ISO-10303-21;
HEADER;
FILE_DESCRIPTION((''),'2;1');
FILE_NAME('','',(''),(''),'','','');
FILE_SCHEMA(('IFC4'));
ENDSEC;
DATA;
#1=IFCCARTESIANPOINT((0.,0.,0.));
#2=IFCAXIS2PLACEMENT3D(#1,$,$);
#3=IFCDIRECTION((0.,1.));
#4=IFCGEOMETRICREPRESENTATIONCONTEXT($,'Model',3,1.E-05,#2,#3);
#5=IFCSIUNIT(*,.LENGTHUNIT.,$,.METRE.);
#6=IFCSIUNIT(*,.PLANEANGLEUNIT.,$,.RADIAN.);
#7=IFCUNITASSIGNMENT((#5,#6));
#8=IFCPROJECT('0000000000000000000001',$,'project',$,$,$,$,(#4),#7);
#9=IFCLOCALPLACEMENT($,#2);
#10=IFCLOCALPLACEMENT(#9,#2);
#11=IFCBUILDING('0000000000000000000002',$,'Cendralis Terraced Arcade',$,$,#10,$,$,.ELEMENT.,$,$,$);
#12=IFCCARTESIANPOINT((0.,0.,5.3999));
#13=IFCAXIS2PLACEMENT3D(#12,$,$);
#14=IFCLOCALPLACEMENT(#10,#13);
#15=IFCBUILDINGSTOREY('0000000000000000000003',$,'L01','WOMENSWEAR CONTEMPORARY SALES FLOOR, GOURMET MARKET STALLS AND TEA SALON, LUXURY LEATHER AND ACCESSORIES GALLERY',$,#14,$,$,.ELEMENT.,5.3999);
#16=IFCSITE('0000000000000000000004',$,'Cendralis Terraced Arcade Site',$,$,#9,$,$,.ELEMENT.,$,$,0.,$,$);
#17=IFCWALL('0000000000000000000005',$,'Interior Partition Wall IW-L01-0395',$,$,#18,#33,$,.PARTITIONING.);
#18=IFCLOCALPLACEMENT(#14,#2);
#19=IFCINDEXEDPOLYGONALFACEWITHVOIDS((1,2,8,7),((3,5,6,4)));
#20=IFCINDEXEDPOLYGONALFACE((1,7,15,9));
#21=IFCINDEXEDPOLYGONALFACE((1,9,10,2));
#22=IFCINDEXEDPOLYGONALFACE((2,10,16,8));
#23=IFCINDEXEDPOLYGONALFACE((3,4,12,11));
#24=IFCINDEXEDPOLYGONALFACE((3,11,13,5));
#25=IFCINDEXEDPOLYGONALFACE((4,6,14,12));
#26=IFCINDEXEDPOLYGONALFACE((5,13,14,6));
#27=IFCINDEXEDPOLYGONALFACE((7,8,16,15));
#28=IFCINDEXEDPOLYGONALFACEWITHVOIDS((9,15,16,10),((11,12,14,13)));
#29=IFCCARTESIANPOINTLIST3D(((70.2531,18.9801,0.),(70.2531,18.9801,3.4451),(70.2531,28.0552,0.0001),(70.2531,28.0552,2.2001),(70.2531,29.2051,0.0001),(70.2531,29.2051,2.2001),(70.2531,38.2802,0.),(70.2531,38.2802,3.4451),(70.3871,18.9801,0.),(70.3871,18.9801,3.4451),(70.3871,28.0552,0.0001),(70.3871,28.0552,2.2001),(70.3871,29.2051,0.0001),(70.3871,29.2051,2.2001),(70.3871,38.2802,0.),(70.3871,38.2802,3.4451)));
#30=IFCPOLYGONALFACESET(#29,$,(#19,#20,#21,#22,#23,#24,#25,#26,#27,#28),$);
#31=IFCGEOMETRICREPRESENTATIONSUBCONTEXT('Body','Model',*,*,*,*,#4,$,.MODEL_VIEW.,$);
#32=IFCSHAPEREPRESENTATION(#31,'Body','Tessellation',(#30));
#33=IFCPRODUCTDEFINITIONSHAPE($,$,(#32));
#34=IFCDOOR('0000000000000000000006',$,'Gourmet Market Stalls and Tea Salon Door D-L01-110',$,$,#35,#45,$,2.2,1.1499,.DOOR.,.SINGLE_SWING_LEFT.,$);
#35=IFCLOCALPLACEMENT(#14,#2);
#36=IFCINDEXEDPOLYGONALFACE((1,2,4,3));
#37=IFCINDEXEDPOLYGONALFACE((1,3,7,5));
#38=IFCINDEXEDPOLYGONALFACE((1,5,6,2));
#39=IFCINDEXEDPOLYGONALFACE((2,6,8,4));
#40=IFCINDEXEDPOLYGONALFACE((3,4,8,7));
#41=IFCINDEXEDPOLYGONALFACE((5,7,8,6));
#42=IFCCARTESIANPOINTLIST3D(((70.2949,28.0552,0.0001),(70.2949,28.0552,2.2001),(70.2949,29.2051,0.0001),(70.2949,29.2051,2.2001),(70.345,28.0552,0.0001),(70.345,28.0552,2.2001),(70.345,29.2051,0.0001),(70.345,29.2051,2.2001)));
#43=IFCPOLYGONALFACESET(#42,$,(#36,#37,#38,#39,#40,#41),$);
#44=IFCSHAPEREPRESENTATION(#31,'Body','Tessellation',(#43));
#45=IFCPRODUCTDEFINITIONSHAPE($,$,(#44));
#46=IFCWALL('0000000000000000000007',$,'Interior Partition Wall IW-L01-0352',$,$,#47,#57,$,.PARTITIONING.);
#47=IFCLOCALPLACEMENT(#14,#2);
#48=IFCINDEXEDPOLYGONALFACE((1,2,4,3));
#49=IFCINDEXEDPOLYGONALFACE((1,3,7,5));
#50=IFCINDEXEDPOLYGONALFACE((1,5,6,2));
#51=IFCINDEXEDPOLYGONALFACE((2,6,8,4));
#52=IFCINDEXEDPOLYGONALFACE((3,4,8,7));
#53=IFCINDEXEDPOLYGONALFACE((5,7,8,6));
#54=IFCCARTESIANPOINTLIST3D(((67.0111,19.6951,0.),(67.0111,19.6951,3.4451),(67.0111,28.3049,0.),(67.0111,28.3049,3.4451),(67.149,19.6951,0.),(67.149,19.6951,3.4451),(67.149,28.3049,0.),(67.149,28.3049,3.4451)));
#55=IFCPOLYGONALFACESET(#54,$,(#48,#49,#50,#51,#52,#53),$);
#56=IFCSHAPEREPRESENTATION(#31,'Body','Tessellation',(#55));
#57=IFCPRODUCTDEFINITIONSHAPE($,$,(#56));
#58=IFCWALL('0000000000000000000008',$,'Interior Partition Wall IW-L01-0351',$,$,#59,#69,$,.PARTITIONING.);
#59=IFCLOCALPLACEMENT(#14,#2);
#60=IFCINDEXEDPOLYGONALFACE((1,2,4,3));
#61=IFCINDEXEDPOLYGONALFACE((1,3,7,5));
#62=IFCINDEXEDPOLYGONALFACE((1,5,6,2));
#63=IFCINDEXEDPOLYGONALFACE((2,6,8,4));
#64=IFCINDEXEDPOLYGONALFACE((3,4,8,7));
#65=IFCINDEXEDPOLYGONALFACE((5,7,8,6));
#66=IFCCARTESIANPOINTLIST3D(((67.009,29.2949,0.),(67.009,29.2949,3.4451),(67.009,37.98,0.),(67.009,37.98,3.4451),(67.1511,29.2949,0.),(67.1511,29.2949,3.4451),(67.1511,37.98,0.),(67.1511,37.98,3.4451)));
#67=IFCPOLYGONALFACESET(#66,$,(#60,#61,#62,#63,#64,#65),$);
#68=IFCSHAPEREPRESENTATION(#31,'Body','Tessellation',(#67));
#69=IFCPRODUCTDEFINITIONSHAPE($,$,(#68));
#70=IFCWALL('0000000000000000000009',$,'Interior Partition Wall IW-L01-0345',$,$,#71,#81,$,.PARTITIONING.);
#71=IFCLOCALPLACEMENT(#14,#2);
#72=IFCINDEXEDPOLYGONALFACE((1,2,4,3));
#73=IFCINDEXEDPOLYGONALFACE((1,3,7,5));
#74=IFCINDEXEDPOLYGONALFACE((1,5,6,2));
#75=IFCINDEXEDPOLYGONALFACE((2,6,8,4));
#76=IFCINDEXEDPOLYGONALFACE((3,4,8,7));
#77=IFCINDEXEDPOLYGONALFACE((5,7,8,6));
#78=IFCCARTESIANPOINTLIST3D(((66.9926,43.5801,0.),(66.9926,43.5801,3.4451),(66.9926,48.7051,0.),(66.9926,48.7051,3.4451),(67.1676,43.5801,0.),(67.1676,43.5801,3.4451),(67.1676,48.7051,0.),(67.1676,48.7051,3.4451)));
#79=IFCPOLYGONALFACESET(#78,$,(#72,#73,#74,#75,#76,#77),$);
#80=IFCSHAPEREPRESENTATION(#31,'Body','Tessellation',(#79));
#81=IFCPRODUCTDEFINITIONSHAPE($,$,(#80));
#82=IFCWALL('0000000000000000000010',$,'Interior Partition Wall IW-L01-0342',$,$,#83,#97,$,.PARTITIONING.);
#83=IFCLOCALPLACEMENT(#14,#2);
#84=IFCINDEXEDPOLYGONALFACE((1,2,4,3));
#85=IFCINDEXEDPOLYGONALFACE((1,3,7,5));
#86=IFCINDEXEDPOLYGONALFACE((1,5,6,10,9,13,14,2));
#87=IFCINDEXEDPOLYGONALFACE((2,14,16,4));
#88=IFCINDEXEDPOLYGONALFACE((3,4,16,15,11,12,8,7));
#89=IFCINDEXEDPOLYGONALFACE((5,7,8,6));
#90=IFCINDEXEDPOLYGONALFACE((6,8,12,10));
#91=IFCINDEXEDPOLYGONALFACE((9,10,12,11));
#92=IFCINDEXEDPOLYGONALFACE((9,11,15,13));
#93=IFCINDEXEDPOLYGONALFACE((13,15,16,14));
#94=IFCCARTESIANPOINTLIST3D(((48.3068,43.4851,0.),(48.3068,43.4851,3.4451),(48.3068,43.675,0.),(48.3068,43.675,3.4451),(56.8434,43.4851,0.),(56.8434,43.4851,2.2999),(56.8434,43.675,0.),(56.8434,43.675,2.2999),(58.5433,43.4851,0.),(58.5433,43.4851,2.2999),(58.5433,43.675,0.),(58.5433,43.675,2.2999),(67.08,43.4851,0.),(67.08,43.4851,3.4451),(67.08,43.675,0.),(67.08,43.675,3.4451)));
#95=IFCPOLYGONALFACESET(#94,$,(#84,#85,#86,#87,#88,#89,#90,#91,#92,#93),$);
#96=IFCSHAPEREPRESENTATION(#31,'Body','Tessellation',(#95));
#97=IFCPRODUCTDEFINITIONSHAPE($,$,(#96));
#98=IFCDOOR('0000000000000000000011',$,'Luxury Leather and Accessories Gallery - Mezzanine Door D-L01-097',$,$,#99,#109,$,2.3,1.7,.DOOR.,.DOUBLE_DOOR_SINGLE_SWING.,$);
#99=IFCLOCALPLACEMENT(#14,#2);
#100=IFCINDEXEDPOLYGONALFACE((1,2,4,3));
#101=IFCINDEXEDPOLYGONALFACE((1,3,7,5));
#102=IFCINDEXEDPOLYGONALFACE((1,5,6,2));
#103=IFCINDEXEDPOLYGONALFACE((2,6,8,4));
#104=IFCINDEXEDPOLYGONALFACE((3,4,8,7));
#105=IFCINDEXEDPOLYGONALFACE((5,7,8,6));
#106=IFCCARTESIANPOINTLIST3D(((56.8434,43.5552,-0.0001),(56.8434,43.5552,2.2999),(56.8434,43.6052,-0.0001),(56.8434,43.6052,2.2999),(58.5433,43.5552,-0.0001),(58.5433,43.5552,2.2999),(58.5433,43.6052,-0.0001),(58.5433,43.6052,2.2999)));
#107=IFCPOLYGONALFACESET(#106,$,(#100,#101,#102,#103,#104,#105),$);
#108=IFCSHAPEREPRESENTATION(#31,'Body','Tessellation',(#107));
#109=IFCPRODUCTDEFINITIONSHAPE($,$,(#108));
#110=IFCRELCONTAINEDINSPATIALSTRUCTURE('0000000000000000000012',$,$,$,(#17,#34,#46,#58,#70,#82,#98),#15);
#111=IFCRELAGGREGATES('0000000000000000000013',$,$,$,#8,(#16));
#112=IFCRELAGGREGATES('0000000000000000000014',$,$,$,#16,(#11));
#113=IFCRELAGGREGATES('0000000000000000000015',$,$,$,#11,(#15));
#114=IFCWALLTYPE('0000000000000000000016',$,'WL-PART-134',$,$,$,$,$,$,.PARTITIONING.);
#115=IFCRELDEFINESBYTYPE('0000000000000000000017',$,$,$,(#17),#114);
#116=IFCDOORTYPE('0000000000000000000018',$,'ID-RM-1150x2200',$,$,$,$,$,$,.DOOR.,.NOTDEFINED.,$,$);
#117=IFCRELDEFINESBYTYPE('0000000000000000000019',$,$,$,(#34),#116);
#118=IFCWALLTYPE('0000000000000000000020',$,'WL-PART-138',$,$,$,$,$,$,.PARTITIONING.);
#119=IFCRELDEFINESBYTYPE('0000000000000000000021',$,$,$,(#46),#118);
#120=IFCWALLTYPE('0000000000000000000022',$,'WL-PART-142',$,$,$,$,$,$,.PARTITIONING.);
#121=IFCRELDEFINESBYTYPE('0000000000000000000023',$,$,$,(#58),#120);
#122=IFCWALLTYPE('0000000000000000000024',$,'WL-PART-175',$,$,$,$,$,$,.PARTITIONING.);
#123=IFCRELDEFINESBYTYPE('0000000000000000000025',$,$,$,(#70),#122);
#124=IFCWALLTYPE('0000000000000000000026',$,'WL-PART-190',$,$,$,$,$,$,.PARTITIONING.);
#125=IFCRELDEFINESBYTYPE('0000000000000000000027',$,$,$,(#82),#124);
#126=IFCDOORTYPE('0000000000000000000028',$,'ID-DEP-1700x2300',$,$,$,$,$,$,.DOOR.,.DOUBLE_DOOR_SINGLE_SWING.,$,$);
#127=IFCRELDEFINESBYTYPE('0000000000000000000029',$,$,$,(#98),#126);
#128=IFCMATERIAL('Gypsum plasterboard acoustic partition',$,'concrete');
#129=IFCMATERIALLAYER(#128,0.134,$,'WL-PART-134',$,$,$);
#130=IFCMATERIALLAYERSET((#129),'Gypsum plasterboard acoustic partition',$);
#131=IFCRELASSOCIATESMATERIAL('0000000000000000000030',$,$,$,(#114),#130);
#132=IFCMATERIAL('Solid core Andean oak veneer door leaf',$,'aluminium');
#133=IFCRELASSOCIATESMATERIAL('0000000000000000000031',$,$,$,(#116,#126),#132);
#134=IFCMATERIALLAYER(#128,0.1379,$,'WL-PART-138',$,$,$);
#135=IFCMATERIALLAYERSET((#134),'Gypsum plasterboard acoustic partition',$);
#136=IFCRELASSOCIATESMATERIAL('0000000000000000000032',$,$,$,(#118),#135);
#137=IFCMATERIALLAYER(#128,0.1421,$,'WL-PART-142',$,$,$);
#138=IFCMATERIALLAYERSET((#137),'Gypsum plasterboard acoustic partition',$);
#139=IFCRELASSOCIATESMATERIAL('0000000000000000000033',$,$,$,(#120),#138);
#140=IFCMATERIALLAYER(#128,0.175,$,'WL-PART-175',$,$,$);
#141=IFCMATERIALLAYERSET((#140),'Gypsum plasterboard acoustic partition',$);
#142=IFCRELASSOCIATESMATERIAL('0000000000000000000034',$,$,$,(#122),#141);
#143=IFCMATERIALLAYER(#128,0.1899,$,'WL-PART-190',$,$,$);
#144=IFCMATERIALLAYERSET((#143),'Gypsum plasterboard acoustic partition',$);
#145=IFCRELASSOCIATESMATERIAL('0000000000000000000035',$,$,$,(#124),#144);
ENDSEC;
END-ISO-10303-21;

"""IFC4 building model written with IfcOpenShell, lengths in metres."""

from ifc_helpers import new_model, si_unit, direction, frame, frame_2d, origin, place, context, subcontext, project, spatial, rectangle, extrude, material, layer, layer_set, type_object, element, fill, save


model = new_model("IFC4")

# Units and contexts
model_context = context("Model", 3, precision=1e-05, world=origin(), true_north=direction((0.0, 1.0)))
body_context = subcontext(model_context, "Body", "Model", "MODEL_VIEW")
ifc_project = project(units=[si_unit("LENGTHUNIT", "METRE"), si_unit("PLANEANGLEUNIT", "RADIAN")], contexts=[model_context])

# Site, building, storey
site_placement = place(None, origin())
site = spatial("IfcSite", under=ifc_project, at=site_placement, Name="Cendralis Terraced Arcade Site", CompositionType="ELEMENT", RefElevation=0.0)
building_placement = place(site_placement, origin())
building = spatial("IfcBuilding", under=site, at=building_placement, Name="Cendralis Terraced Arcade", CompositionType="ELEMENT")
storey_placement = place(building_placement, frame((0.0, 0.0, 5.3999)))
storey = spatial("IfcBuildingStorey", under=building, at=storey_placement, Name="L01", Description="WOMENSWEAR CONTEMPORARY SALES FLOOR, GOURMET MARKET STALLS AND TEA SALON, LUXURY LEATHER AND ACCESSORIES GALLERY", CompositionType="ELEMENT", Elevation=5.3999)

# Shared definitions
ifc_material_1 = material(Name="Gypsum plasterboard acoustic partition", Category="concrete")

# Wall, opening, door
ifc_layer_1 = layer(ifc_material_1, 0.134, Name="WL-PART-134")
ifc_layer_set_1 = layer_set([ifc_layer_1], Name="Gypsum plasterboard acoustic partition")
wall_type_1 = type_object("IfcWallType", Name="WL-PART-134", PredefinedType="PARTITIONING", material=ifc_layer_set_1)
wall_1_placement = place(storey_placement, frame((70.3201, 38.28, 0.0), z_axis=(0.0, 0.0, 1.0), x_axis=(0.0, -1.0, 0.0)))
wall_1 = element("IfcWall", 1, at=wall_1_placement, inside=storey, type_object=wall_type_1, Name="Interior Partition Wall IW-L01-0395", PredefinedType="PARTITIONING", context=body_context, shape_type="SweptSolid", body=[
    extrude(rectangle(XDim=19.3, YDim=0.134, at=frame_2d((9.6499, 0.0))), origin(), (0.0, 0.0, 1.0), 3.4451),
])
opening_1_placement = place(wall_1_placement, frame((9.075, 0.0, 0.0)))
opening_1 = element("IfcOpeningElement", 2, at=opening_1_placement, cuts=wall_1, PredefinedType="OPENING", context=body_context, shape_type="SweptSolid", body=[
    extrude(rectangle(XDim=1.1499, YDim=2.2, at=frame_2d((0.575, 1.1001))), frame((0.0, 0.0791, 0.0), z_axis=(0.0, -1.0, 0.0), x_axis=(1.0, 0.0, 0.0)), (0.0, 0.0, 1.0), 0.158),
])
ifc_material_2 = material(Name="Solid core Andean oak veneer door leaf", Category="aluminium")
door_type_1 = type_object("IfcDoorType", Name="ID-RM-1150x2200", OperationType="NOTDEFINED", PredefinedType="DOOR", material=ifc_material_2)
door_1_placement = place(opening_1_placement, origin())
door_1 = element("IfcDoor", 3, at=door_1_placement, inside=storey, type_object=door_type_1, Name="Gourmet Market Stalls and Tea Salon Door D-L01-110", OperationType="SINGLE_SWING_LEFT", OverallHeight=2.2, OverallWidth=1.1499, PredefinedType="DOOR", context=body_context, shape_type="SweptSolid", body=[
    extrude(rectangle(XDim=1.1499, YDim=2.2, at=frame_2d((0.575, 1.1001))), frame((0.0, 0.0249, 0.0), z_axis=(0.0, -1.0, 0.0), x_axis=(1.0, 0.0, 0.0)), (0.0, 0.0, 1.0), 0.05),
])
fill(opening_1, door_1)

# Walls
ifc_layer_2 = layer(ifc_material_1, 0.1379, Name="WL-PART-138")
ifc_layer_set_2 = layer_set([ifc_layer_2], Name="Gypsum plasterboard acoustic partition")
wall_type_2 = type_object("IfcWallType", Name="WL-PART-138", PredefinedType="PARTITIONING", material=ifc_layer_set_2)
wall_2_placement = place(storey_placement, frame((67.0801, 28.3049, 0.0), z_axis=(0.0, 0.0, 1.0), x_axis=(0.0, -1.0, 0.0)))
element("IfcWall", 4, at=wall_2_placement, inside=storey, type_object=wall_type_2, Name="Interior Partition Wall IW-L01-0352", PredefinedType="PARTITIONING", context=body_context, shape_type="SweptSolid", body=[
    extrude(rectangle(XDim=8.6099, YDim=0.1379, at=frame_2d((4.3049, 0.0))), origin(), (0.0, 0.0, 1.0), 3.4451),
])
ifc_layer_3 = layer(ifc_material_1, 0.1421, Name="WL-PART-142")
ifc_layer_set_3 = layer_set([ifc_layer_3], Name="Gypsum plasterboard acoustic partition")
wall_type_3 = type_object("IfcWallType", Name="WL-PART-142", PredefinedType="PARTITIONING", material=ifc_layer_set_3)
wall_3_placement = place(storey_placement, frame((67.0801, 37.98, 0.0), z_axis=(0.0, 0.0, 1.0), x_axis=(0.0, -1.0, 0.0)))
element("IfcWall", 5, at=wall_3_placement, inside=storey, type_object=wall_type_3, Name="Interior Partition Wall IW-L01-0351", PredefinedType="PARTITIONING", context=body_context, shape_type="SweptSolid", body=[
    extrude(rectangle(XDim=8.6851, YDim=0.1421, at=frame_2d((4.3425, 0.0))), origin(), (0.0, 0.0, 1.0), 3.4451),
])
ifc_layer_4 = layer(ifc_material_1, 0.175, Name="WL-PART-175")
ifc_layer_set_4 = layer_set([ifc_layer_4], Name="Gypsum plasterboard acoustic partition")
wall_type_4 = type_object("IfcWallType", Name="WL-PART-175", PredefinedType="PARTITIONING", material=ifc_layer_set_4)
wall_4_placement = place(storey_placement, frame((67.0801, 48.7051, 0.0), z_axis=(0.0, 0.0, 1.0), x_axis=(0.0, -1.0, 0.0)))
element("IfcWall", 6, at=wall_4_placement, inside=storey, type_object=wall_type_4, Name="Interior Partition Wall IW-L01-0345", PredefinedType="PARTITIONING", context=body_context, shape_type="SweptSolid", body=[
    extrude(rectangle(XDim=5.125, YDim=0.175, at=frame_2d((2.5625, 0.0))), origin(), (0.0, 0.0, 1.0), 3.4451),
])

# Wall, opening, door
ifc_layer_5 = layer(ifc_material_1, 0.1899, Name="WL-PART-190")
ifc_layer_set_5 = layer_set([ifc_layer_5], Name="Gypsum plasterboard acoustic partition")
wall_type_5 = type_object("IfcWallType", Name="WL-PART-190", PredefinedType="PARTITIONING", material=ifc_layer_set_5)
wall_5_placement = place(storey_placement, frame((67.0801, 43.5801, 0.0), z_axis=(0.0, 0.0, 1.0), x_axis=(-1.0, 0.0, 0.0)))
wall_5 = element("IfcWall", 7, at=wall_5_placement, inside=storey, type_object=wall_type_5, Name="Interior Partition Wall IW-L01-0342", PredefinedType="PARTITIONING", context=body_context, shape_type="SweptSolid", body=[
    extrude(rectangle(XDim=18.7732, YDim=0.1899, at=frame_2d((9.3867, 0.0))), origin(), (0.0, 0.0, 1.0), 3.4451),
])
opening_2_placement = place(wall_5_placement, frame((8.5366, 0.0, 0.0)))
opening_2 = element("IfcOpeningElement", 8, at=opening_2_placement, cuts=wall_5, PredefinedType="OPENING", context=body_context, shape_type="SweptSolid", body=[
    extrude(rectangle(XDim=1.7, YDim=2.3, at=frame_2d((0.8501, 1.1499))), frame((0.0, 0.1069, 0.0), z_axis=(0.0, -1.0, 0.0), x_axis=(1.0, 0.0, 0.0)), (0.0, 0.0, 1.0), 0.2139),
])
door_type_2 = type_object("IfcDoorType", Name="ID-DEP-1700x2300", OperationType="DOUBLE_DOOR_SINGLE_SWING", PredefinedType="DOOR", material=ifc_material_2)
door_2_placement = place(opening_2_placement, origin())
door_2 = element("IfcDoor", 9, at=door_2_placement, inside=storey, type_object=door_type_2, Name="Luxury Leather and Accessories Gallery - Mezzanine Door D-L01-097", OperationType="DOUBLE_DOOR_SINGLE_SWING", OverallHeight=2.3, OverallWidth=1.7, PredefinedType="DOOR", context=body_context, shape_type="SweptSolid", body=[
    extrude(rectangle(XDim=1.7, YDim=2.3, at=frame_2d((0.8501, 1.1499))), frame((0.0, 0.0249, 0.0), z_axis=(0.0, -1.0, 0.0), x_axis=(1.0, 0.0, 0.0)), (0.0, 0.0, 1.0), 0.05),
])
fill(opening_2, door_2)

save(model, "model.ifc")
